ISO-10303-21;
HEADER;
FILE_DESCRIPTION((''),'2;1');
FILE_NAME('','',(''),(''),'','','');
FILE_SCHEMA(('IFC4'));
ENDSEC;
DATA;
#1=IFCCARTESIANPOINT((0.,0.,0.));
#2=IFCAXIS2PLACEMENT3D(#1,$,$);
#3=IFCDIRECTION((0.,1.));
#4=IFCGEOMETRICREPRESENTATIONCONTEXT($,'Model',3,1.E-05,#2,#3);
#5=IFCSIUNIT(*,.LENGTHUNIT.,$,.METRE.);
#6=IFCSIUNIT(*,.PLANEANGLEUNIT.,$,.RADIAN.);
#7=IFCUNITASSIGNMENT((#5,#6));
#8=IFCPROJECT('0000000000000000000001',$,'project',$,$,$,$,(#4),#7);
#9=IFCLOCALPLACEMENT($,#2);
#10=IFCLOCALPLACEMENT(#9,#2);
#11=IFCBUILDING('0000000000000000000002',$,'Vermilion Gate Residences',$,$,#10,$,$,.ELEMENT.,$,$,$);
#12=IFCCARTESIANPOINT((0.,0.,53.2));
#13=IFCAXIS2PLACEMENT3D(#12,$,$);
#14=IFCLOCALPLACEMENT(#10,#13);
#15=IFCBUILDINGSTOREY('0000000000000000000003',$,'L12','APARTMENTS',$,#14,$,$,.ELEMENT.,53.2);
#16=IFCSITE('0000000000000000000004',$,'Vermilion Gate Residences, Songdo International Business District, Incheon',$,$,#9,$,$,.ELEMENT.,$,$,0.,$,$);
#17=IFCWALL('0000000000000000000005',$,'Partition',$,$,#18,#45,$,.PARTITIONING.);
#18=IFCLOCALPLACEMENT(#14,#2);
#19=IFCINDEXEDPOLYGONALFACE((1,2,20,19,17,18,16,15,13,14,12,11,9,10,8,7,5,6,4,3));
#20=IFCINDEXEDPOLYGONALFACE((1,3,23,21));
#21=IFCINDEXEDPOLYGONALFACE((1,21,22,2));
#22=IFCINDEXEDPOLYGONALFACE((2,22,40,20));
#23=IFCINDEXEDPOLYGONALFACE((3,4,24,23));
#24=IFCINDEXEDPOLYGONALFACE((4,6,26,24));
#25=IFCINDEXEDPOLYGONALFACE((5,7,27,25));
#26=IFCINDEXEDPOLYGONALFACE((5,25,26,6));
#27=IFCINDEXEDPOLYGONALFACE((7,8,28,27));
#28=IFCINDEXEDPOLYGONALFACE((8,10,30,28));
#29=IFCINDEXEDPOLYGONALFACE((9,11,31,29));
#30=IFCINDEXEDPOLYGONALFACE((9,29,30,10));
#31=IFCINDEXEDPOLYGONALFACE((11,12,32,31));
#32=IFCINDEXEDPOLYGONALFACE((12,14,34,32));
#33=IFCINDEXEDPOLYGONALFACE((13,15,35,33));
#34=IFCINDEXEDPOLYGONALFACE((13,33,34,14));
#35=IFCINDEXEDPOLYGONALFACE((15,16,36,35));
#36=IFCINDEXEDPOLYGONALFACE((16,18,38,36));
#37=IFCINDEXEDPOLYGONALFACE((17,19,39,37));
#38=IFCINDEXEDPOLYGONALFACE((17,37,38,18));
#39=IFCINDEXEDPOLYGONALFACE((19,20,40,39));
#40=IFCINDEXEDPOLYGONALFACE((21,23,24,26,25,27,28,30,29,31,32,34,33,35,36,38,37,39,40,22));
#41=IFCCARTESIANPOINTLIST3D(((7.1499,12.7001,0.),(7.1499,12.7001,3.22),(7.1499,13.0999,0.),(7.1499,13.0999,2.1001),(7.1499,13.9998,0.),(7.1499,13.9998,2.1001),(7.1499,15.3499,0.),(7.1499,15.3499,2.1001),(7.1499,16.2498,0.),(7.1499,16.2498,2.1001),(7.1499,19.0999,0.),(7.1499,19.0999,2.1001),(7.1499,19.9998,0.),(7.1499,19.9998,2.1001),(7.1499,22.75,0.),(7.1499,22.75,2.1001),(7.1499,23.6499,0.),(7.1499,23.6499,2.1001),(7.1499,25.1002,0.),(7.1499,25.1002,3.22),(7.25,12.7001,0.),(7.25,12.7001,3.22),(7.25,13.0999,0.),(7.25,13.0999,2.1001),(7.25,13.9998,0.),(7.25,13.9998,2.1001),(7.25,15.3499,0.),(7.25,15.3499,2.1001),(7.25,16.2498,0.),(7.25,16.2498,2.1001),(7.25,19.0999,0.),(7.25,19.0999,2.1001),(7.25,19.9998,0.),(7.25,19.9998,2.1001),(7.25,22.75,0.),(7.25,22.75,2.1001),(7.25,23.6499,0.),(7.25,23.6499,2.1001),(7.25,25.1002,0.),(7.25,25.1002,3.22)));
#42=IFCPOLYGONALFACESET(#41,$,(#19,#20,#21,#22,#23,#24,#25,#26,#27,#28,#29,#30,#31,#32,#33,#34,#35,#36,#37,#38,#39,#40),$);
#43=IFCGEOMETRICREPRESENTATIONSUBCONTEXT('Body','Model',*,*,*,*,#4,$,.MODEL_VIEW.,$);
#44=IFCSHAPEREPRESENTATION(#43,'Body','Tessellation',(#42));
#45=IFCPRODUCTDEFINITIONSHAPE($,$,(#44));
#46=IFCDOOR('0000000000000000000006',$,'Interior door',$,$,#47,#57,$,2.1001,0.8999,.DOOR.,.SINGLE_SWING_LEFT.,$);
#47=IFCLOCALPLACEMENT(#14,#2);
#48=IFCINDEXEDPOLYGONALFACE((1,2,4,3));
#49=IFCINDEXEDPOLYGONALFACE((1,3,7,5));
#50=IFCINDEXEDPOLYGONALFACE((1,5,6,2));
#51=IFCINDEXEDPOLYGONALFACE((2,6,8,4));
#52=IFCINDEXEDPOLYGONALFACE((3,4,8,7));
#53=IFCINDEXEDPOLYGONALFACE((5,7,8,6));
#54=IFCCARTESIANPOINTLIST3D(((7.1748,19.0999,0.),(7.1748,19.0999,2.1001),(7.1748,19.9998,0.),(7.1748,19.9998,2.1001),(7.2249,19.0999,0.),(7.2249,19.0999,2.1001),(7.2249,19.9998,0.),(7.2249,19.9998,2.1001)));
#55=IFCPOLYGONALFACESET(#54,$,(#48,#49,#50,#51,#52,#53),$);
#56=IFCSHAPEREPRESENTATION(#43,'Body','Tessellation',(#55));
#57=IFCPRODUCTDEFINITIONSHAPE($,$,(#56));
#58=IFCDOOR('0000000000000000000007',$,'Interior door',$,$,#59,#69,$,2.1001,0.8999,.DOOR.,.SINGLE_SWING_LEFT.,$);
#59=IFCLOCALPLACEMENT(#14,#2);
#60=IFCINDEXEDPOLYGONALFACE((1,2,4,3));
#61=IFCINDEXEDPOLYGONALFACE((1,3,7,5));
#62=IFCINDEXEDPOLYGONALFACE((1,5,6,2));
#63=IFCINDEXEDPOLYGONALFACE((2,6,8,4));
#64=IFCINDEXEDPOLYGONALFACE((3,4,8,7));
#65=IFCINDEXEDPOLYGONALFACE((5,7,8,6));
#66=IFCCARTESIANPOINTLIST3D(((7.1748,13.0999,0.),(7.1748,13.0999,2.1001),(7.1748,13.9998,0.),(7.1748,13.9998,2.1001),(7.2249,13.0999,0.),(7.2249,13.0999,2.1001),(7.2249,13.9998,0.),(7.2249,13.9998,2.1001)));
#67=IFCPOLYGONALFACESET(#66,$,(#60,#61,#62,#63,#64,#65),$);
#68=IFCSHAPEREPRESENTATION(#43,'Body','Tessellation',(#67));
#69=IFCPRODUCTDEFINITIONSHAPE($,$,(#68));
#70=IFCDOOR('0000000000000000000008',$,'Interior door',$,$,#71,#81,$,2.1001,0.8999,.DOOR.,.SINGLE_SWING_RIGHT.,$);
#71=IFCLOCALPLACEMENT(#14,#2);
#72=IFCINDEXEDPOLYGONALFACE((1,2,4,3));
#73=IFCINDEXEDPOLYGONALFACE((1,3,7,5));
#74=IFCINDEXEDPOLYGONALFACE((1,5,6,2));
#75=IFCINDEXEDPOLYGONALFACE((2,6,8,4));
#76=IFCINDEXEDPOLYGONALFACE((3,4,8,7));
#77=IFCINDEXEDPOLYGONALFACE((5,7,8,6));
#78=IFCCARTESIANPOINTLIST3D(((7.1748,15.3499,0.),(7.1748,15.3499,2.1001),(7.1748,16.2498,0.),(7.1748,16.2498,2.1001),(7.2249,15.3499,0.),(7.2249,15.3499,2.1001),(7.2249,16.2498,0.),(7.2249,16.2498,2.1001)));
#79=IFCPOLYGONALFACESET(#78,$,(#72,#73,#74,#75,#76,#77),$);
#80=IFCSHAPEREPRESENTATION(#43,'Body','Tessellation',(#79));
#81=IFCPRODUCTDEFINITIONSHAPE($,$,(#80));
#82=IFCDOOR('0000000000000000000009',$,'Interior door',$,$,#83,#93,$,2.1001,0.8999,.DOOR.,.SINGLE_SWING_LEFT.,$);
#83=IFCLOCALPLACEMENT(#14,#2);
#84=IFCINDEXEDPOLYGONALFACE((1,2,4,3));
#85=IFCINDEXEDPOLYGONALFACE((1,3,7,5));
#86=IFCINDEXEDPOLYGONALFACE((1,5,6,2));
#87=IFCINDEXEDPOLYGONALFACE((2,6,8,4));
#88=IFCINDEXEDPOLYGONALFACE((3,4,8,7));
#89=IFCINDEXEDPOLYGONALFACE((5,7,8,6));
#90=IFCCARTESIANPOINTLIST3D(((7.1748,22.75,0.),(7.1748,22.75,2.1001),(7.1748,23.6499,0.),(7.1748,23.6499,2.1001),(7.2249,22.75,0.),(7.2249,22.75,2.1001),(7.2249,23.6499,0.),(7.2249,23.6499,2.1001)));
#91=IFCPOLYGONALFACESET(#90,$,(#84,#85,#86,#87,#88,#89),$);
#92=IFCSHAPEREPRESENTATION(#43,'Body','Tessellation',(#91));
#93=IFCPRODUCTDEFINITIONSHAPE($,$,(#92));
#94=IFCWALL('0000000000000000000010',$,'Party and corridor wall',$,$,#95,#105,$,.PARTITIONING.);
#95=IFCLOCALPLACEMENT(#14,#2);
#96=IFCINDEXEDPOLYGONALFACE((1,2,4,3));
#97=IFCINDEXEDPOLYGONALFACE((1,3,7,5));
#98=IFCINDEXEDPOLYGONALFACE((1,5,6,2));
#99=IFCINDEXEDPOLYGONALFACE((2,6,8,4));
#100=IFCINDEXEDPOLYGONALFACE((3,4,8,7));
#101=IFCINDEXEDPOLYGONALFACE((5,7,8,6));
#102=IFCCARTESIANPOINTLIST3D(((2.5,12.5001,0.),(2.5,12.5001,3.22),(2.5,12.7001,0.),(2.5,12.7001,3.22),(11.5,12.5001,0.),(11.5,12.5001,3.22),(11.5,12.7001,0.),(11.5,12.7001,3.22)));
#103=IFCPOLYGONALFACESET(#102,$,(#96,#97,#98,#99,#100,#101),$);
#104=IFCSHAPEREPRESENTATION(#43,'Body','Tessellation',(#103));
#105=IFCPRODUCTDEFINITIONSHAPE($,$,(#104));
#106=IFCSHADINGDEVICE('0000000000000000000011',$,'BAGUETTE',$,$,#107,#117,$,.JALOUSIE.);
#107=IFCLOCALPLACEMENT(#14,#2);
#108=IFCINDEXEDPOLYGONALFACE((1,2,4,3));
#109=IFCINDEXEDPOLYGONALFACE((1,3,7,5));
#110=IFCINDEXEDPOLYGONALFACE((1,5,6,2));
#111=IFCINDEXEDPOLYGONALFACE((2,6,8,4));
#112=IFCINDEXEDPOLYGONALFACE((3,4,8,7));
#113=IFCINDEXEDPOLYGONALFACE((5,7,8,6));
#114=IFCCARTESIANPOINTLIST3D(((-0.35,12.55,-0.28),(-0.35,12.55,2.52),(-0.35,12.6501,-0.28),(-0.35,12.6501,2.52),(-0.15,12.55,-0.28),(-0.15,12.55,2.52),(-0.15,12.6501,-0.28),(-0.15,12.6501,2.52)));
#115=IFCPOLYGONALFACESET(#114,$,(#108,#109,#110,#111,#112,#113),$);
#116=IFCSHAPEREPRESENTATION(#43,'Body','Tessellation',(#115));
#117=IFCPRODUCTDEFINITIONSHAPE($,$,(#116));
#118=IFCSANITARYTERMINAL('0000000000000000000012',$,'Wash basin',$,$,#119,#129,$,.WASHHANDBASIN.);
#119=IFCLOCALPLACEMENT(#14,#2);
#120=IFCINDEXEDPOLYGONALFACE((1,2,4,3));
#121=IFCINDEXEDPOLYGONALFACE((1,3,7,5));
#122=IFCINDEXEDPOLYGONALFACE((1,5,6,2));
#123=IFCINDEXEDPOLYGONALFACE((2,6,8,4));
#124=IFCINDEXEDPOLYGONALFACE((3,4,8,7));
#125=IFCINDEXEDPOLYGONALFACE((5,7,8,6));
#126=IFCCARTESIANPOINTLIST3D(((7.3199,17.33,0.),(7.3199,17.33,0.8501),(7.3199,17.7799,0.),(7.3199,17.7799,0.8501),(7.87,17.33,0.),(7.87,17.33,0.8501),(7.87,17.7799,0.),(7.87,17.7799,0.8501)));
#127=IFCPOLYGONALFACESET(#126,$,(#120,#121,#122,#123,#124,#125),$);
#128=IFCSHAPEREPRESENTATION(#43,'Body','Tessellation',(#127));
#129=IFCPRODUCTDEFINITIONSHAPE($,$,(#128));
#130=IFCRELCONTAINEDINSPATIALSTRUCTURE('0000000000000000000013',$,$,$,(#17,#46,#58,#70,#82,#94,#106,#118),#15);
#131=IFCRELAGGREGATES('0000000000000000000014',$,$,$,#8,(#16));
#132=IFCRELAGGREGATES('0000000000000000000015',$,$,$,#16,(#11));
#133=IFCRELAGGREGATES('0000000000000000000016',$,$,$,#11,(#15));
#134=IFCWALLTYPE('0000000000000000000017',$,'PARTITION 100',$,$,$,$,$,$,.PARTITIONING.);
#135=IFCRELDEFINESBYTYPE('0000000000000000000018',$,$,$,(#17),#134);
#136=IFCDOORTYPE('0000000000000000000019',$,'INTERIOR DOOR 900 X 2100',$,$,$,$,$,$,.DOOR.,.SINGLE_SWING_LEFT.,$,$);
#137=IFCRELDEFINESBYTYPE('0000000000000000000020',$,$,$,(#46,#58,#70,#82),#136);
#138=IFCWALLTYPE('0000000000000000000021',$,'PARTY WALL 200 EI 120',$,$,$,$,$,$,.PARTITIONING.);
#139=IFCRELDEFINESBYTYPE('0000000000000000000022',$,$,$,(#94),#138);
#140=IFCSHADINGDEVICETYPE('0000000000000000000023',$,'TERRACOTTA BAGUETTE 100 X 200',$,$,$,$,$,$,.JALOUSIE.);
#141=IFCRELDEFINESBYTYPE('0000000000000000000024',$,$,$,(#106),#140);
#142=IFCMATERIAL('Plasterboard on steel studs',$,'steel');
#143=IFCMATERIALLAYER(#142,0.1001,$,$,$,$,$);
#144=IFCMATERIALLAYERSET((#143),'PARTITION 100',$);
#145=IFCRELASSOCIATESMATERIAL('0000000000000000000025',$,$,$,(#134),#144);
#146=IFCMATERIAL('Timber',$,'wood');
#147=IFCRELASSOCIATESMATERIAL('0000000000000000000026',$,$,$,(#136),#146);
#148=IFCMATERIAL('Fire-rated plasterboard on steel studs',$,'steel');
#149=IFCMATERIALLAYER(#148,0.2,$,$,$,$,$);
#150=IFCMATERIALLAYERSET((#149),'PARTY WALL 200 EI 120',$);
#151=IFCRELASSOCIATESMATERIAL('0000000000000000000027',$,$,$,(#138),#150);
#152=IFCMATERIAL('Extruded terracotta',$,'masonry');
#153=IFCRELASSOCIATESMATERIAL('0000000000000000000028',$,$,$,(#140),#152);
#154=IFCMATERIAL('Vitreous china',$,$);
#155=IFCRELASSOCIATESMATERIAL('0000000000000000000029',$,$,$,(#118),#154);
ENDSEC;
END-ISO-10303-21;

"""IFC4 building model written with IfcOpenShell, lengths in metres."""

from ifc_helpers import new_model, si_unit, direction, frame, frame_2d, origin, origin_2d, place, context, subcontext, project, spatial, rectangle, extrude, material, layer, layer_set, material_profile, profile_set, type_object, element, fill, save


model = new_model("IFC4")

# Units and contexts
model_context = context("Model", 3, precision=1e-05, world=origin(), true_north=direction((0.0, 1.0)))
body_context = subcontext(model_context, "Body", "Model", "MODEL_VIEW")
ifc_project = project(units=[si_unit("LENGTHUNIT", "METRE"), si_unit("PLANEANGLEUNIT", "RADIAN")], contexts=[model_context])

# Site, building, storey
site_placement = place(None, origin())
site = spatial("IfcSite", under=ifc_project, at=site_placement, Name="Vermilion Gate Residences, Songdo International Business District, Incheon", CompositionType="ELEMENT", RefElevation=0.0)
building_placement = place(site_placement, origin())
building = spatial("IfcBuilding", under=site, at=building_placement, Name="Vermilion Gate Residences", CompositionType="ELEMENT")
storey_placement = place(building_placement, frame((0.0, 0.0, 53.2)))
storey = spatial("IfcBuildingStorey", under=building, at=storey_placement, Name="L12", Description="APARTMENTS", CompositionType="ELEMENT", Elevation=53.2)

# Shared definitions
ifc_material_1 = material(Name="Plasterboard on steel studs", Category="steel")
ifc_layer_1 = layer(ifc_material_1, 0.1001)
ifc_layer_set_1 = layer_set([ifc_layer_1], Name="PARTITION 100")
wall_type_1 = type_object("IfcWallType", Name="PARTITION 100", PredefinedType="PARTITIONING", material=ifc_layer_set_1)

# Wall, openings, doors
ifc_material_2 = material(Name="Timber", Category="wood")
door_type = type_object("IfcDoorType", Name="INTERIOR DOOR 900 X 2100", OperationType="SINGLE_SWING_LEFT", PredefinedType="DOOR", material=ifc_material_2)
wall_1_placement = place(storey_placement, frame((7.2, 12.7, 0.0), z_axis=(0.0, 0.0, 1.0), x_axis=(0.0, 1.0, 0.0)))
wall_1 = element("IfcWall", 1, at=wall_1_placement, inside=storey, type_object=wall_type_1, Name="Partition", PredefinedType="PARTITIONING", context=body_context, shape_type="SweptSolid", body=[
    extrude(rectangle(XDim=12.4001, YDim=0.1001, at=frame_2d((6.2002, 0.0))), origin(), (0.0, 0.0, 1.0), 3.22),
])
opening_1_placement = place(wall_1_placement, frame((6.3999, 0.0, 0.0)))
opening_1 = element("IfcOpeningElement", 2, at=opening_1_placement, cuts=wall_1, PredefinedType="OPENING", context=body_context, shape_type="SweptSolid", body=[
    extrude(rectangle(XDim=0.8999, YDim=2.1001, at=frame_2d((0.45, 1.05))), frame((0.0, 0.0601, 0.0), z_axis=(0.0, -1.0, 0.0), x_axis=(1.0, 0.0, 0.0)), (0.0, 0.0, 1.0), 0.1201),
])
opening_2_placement = place(wall_1_placement, frame((0.3999, 0.0, 0.0)))
opening_2 = element("IfcOpeningElement", 3, at=opening_2_placement, cuts=wall_1, PredefinedType="OPENING", context=body_context, shape_type="SweptSolid", body=[
    extrude(rectangle(XDim=0.8999, YDim=2.1001, at=frame_2d((0.45, 1.05))), frame((0.0, 0.0601, 0.0), z_axis=(0.0, -1.0, 0.0), x_axis=(1.0, 0.0, 0.0)), (0.0, 0.0, 1.0), 0.1201),
])
opening_3_placement = place(wall_1_placement, frame((2.6499, 0.0, 0.0)))
opening_3 = element("IfcOpeningElement", 4, at=opening_3_placement, cuts=wall_1, PredefinedType="OPENING", context=body_context, shape_type="SweptSolid", body=[
    extrude(rectangle(XDim=0.8999, YDim=2.1001, at=frame_2d((0.45, 1.05))), frame((0.0, 0.0601, 0.0), z_axis=(0.0, -1.0, 0.0), x_axis=(1.0, 0.0, 0.0)), (0.0, 0.0, 1.0), 0.1201),
])
opening_4_placement = place(wall_1_placement, frame((10.05, 0.0, 0.0)))
opening_4 = element("IfcOpeningElement", 5, at=opening_4_placement, cuts=wall_1, PredefinedType="OPENING", context=body_context, shape_type="SweptSolid", body=[
    extrude(rectangle(XDim=0.8999, YDim=2.1001, at=frame_2d((0.45, 1.05))), frame((0.0, 0.0601, 0.0), z_axis=(0.0, -1.0, 0.0), x_axis=(1.0, 0.0, 0.0)), (0.0, 0.0, 1.0), 0.1201),
])
door_1_placement = place(opening_1_placement, frame((0.8999, 0.0, 0.0), z_axis=(0.0, 0.0, 1.0), x_axis=(-1.0, 0.0, 0.0)))
door_1 = element("IfcDoor", 6, at=door_1_placement, inside=storey, type_object=door_type, Name="Interior door", OperationType="SINGLE_SWING_LEFT", OverallHeight=2.1001, OverallWidth=0.8999, PredefinedType="DOOR", context=body_context, shape_type="SweptSolid", body=[
    extrude(rectangle(XDim=0.8999, YDim=2.1001, at=frame_2d((0.45, 1.05))), frame((0.0, 0.0249, 0.0), z_axis=(0.0, -1.0, 0.0), x_axis=(1.0, 0.0, 0.0)), (0.0, 0.0, 1.0), 0.05),
])
fill(opening_1, door_1)
door_2_placement = place(opening_2_placement, frame((0.8999, 0.0, 0.0), z_axis=(0.0, 0.0, 1.0), x_axis=(-1.0, 0.0, 0.0)))
door_2 = element("IfcDoor", 7, at=door_2_placement, inside=storey, type_object=door_type, Name="Interior door", OperationType="SINGLE_SWING_LEFT", OverallHeight=2.1001, OverallWidth=0.8999, PredefinedType="DOOR", context=body_context, shape_type="SweptSolid", body=[
    extrude(rectangle(XDim=0.8999, YDim=2.1001, at=frame_2d((0.45, 1.05))), frame((0.0, 0.0249, 0.0), z_axis=(0.0, -1.0, 0.0), x_axis=(1.0, 0.0, 0.0)), (0.0, 0.0, 1.0), 0.05),
])
fill(opening_2, door_2)
door_3_placement = place(opening_3_placement, frame((0.8999, 0.0, 0.0), z_axis=(0.0, 0.0, 1.0), x_axis=(-1.0, 0.0, 0.0)))
door_3 = element("IfcDoor", 8, at=door_3_placement, inside=storey, type_object=door_type, Name="Interior door", OperationType="SINGLE_SWING_RIGHT", OverallHeight=2.1001, OverallWidth=0.8999, PredefinedType="DOOR", context=body_context, shape_type="SweptSolid", body=[
    extrude(rectangle(XDim=0.8999, YDim=2.1001, at=frame_2d((0.45, 1.05))), frame((0.0, 0.0249, 0.0), z_axis=(0.0, -1.0, 0.0), x_axis=(1.0, 0.0, 0.0)), (0.0, 0.0, 1.0), 0.05),
])
fill(opening_3, door_3)
door_4_placement = place(opening_4_placement, frame((0.8999, 0.0, 0.0), z_axis=(0.0, 0.0, 1.0), x_axis=(-1.0, 0.0, 0.0)))
door_4 = element("IfcDoor", 9, at=door_4_placement, inside=storey, type_object=door_type, Name="Interior door", OperationType="SINGLE_SWING_LEFT", OverallHeight=2.1001, OverallWidth=0.8999, PredefinedType="DOOR", context=body_context, shape_type="SweptSolid", body=[
    extrude(rectangle(XDim=0.8999, YDim=2.1001, at=frame_2d((0.45, 1.05))), frame((0.0, 0.0249, 0.0), z_axis=(0.0, -1.0, 0.0), x_axis=(1.0, 0.0, 0.0)), (0.0, 0.0, 1.0), 0.05),
])
fill(opening_4, door_4)

# Wall
ifc_material_3 = material(Name="Fire-rated plasterboard on steel studs", Category="steel")
ifc_layer_2 = layer(ifc_material_3, 0.2)
ifc_layer_set_2 = layer_set([ifc_layer_2], Name="PARTY WALL 200 EI 120")
wall_type_2 = type_object("IfcWallType", Name="PARTY WALL 200 EI 120", PredefinedType="PARTITIONING", material=ifc_layer_set_2)
wall_2_placement = place(storey_placement, frame((2.5, 12.6001, 0.0), z_axis=(0.0, 0.0, 1.0), x_axis=(1.0, 0.0, 0.0)))
element("IfcWall", 10, at=wall_2_placement, inside=storey, type_object=wall_type_2, Name="Party and corridor wall", PredefinedType="PARTITIONING", context=body_context, shape_type="SweptSolid", body=[
    extrude(rectangle(XDim=9.0, YDim=0.2, at=frame_2d((4.5, 0.0))), origin(), (0.0, 0.0, 1.0), 3.22),
])

# Shading device
ifc_material_4 = material(Name="Extruded terracotta", Category="masonry")
ifc_material_profile_1 = material_profile(ifc_material_4, rectangle(XDim=0.2, YDim=0.1001, at=origin_2d()), Name="BAGUETTE 100 X 200")
ifc_profile_set_1 = profile_set([ifc_material_profile_1], Name="Extruded terracotta")
shading_device_type = type_object("IfcShadingDeviceType", Name="TERRACOTTA BAGUETTE 100 X 200", PredefinedType="JALOUSIE", material=ifc_profile_set_1)
shading_device_placement = place(storey_placement, frame((-0.25, 12.6001, -0.28), z_axis=(0.0, 0.0, 1.0), x_axis=(1.0, 0.0, 0.0)))
element("IfcShadingDevice", 11, at=shading_device_placement, inside=storey, type_object=shading_device_type, Name="BAGUETTE", PredefinedType="JALOUSIE", context=body_context, shape_type="SweptSolid", body=[
    extrude(rectangle(XDim=0.2, YDim=0.1001, at=origin_2d()), origin(), (0.0, 0.0, 1.0), 2.8),
])

# Sanitary terminal
ifc_material_5 = material(Name="Vitreous china")
sanitary_terminal_placement = place(storey_placement, frame((7.595, 17.5549, 0.0), z_axis=(0.0, 0.0, 1.0), x_axis=(1.0, 0.0, 0.0)))
element("IfcSanitaryTerminal", 12, at=sanitary_terminal_placement, inside=storey, material=ifc_material_5, Name="Wash basin", PredefinedType="WASHHANDBASIN", context=body_context, shape_type="SweptSolid", body=[
    extrude(rectangle(XDim=0.55, YDim=0.45, at=origin_2d()), origin(), (0.0, 0.0, 1.0), 0.8501),
])

save(model, "model.ifc")
